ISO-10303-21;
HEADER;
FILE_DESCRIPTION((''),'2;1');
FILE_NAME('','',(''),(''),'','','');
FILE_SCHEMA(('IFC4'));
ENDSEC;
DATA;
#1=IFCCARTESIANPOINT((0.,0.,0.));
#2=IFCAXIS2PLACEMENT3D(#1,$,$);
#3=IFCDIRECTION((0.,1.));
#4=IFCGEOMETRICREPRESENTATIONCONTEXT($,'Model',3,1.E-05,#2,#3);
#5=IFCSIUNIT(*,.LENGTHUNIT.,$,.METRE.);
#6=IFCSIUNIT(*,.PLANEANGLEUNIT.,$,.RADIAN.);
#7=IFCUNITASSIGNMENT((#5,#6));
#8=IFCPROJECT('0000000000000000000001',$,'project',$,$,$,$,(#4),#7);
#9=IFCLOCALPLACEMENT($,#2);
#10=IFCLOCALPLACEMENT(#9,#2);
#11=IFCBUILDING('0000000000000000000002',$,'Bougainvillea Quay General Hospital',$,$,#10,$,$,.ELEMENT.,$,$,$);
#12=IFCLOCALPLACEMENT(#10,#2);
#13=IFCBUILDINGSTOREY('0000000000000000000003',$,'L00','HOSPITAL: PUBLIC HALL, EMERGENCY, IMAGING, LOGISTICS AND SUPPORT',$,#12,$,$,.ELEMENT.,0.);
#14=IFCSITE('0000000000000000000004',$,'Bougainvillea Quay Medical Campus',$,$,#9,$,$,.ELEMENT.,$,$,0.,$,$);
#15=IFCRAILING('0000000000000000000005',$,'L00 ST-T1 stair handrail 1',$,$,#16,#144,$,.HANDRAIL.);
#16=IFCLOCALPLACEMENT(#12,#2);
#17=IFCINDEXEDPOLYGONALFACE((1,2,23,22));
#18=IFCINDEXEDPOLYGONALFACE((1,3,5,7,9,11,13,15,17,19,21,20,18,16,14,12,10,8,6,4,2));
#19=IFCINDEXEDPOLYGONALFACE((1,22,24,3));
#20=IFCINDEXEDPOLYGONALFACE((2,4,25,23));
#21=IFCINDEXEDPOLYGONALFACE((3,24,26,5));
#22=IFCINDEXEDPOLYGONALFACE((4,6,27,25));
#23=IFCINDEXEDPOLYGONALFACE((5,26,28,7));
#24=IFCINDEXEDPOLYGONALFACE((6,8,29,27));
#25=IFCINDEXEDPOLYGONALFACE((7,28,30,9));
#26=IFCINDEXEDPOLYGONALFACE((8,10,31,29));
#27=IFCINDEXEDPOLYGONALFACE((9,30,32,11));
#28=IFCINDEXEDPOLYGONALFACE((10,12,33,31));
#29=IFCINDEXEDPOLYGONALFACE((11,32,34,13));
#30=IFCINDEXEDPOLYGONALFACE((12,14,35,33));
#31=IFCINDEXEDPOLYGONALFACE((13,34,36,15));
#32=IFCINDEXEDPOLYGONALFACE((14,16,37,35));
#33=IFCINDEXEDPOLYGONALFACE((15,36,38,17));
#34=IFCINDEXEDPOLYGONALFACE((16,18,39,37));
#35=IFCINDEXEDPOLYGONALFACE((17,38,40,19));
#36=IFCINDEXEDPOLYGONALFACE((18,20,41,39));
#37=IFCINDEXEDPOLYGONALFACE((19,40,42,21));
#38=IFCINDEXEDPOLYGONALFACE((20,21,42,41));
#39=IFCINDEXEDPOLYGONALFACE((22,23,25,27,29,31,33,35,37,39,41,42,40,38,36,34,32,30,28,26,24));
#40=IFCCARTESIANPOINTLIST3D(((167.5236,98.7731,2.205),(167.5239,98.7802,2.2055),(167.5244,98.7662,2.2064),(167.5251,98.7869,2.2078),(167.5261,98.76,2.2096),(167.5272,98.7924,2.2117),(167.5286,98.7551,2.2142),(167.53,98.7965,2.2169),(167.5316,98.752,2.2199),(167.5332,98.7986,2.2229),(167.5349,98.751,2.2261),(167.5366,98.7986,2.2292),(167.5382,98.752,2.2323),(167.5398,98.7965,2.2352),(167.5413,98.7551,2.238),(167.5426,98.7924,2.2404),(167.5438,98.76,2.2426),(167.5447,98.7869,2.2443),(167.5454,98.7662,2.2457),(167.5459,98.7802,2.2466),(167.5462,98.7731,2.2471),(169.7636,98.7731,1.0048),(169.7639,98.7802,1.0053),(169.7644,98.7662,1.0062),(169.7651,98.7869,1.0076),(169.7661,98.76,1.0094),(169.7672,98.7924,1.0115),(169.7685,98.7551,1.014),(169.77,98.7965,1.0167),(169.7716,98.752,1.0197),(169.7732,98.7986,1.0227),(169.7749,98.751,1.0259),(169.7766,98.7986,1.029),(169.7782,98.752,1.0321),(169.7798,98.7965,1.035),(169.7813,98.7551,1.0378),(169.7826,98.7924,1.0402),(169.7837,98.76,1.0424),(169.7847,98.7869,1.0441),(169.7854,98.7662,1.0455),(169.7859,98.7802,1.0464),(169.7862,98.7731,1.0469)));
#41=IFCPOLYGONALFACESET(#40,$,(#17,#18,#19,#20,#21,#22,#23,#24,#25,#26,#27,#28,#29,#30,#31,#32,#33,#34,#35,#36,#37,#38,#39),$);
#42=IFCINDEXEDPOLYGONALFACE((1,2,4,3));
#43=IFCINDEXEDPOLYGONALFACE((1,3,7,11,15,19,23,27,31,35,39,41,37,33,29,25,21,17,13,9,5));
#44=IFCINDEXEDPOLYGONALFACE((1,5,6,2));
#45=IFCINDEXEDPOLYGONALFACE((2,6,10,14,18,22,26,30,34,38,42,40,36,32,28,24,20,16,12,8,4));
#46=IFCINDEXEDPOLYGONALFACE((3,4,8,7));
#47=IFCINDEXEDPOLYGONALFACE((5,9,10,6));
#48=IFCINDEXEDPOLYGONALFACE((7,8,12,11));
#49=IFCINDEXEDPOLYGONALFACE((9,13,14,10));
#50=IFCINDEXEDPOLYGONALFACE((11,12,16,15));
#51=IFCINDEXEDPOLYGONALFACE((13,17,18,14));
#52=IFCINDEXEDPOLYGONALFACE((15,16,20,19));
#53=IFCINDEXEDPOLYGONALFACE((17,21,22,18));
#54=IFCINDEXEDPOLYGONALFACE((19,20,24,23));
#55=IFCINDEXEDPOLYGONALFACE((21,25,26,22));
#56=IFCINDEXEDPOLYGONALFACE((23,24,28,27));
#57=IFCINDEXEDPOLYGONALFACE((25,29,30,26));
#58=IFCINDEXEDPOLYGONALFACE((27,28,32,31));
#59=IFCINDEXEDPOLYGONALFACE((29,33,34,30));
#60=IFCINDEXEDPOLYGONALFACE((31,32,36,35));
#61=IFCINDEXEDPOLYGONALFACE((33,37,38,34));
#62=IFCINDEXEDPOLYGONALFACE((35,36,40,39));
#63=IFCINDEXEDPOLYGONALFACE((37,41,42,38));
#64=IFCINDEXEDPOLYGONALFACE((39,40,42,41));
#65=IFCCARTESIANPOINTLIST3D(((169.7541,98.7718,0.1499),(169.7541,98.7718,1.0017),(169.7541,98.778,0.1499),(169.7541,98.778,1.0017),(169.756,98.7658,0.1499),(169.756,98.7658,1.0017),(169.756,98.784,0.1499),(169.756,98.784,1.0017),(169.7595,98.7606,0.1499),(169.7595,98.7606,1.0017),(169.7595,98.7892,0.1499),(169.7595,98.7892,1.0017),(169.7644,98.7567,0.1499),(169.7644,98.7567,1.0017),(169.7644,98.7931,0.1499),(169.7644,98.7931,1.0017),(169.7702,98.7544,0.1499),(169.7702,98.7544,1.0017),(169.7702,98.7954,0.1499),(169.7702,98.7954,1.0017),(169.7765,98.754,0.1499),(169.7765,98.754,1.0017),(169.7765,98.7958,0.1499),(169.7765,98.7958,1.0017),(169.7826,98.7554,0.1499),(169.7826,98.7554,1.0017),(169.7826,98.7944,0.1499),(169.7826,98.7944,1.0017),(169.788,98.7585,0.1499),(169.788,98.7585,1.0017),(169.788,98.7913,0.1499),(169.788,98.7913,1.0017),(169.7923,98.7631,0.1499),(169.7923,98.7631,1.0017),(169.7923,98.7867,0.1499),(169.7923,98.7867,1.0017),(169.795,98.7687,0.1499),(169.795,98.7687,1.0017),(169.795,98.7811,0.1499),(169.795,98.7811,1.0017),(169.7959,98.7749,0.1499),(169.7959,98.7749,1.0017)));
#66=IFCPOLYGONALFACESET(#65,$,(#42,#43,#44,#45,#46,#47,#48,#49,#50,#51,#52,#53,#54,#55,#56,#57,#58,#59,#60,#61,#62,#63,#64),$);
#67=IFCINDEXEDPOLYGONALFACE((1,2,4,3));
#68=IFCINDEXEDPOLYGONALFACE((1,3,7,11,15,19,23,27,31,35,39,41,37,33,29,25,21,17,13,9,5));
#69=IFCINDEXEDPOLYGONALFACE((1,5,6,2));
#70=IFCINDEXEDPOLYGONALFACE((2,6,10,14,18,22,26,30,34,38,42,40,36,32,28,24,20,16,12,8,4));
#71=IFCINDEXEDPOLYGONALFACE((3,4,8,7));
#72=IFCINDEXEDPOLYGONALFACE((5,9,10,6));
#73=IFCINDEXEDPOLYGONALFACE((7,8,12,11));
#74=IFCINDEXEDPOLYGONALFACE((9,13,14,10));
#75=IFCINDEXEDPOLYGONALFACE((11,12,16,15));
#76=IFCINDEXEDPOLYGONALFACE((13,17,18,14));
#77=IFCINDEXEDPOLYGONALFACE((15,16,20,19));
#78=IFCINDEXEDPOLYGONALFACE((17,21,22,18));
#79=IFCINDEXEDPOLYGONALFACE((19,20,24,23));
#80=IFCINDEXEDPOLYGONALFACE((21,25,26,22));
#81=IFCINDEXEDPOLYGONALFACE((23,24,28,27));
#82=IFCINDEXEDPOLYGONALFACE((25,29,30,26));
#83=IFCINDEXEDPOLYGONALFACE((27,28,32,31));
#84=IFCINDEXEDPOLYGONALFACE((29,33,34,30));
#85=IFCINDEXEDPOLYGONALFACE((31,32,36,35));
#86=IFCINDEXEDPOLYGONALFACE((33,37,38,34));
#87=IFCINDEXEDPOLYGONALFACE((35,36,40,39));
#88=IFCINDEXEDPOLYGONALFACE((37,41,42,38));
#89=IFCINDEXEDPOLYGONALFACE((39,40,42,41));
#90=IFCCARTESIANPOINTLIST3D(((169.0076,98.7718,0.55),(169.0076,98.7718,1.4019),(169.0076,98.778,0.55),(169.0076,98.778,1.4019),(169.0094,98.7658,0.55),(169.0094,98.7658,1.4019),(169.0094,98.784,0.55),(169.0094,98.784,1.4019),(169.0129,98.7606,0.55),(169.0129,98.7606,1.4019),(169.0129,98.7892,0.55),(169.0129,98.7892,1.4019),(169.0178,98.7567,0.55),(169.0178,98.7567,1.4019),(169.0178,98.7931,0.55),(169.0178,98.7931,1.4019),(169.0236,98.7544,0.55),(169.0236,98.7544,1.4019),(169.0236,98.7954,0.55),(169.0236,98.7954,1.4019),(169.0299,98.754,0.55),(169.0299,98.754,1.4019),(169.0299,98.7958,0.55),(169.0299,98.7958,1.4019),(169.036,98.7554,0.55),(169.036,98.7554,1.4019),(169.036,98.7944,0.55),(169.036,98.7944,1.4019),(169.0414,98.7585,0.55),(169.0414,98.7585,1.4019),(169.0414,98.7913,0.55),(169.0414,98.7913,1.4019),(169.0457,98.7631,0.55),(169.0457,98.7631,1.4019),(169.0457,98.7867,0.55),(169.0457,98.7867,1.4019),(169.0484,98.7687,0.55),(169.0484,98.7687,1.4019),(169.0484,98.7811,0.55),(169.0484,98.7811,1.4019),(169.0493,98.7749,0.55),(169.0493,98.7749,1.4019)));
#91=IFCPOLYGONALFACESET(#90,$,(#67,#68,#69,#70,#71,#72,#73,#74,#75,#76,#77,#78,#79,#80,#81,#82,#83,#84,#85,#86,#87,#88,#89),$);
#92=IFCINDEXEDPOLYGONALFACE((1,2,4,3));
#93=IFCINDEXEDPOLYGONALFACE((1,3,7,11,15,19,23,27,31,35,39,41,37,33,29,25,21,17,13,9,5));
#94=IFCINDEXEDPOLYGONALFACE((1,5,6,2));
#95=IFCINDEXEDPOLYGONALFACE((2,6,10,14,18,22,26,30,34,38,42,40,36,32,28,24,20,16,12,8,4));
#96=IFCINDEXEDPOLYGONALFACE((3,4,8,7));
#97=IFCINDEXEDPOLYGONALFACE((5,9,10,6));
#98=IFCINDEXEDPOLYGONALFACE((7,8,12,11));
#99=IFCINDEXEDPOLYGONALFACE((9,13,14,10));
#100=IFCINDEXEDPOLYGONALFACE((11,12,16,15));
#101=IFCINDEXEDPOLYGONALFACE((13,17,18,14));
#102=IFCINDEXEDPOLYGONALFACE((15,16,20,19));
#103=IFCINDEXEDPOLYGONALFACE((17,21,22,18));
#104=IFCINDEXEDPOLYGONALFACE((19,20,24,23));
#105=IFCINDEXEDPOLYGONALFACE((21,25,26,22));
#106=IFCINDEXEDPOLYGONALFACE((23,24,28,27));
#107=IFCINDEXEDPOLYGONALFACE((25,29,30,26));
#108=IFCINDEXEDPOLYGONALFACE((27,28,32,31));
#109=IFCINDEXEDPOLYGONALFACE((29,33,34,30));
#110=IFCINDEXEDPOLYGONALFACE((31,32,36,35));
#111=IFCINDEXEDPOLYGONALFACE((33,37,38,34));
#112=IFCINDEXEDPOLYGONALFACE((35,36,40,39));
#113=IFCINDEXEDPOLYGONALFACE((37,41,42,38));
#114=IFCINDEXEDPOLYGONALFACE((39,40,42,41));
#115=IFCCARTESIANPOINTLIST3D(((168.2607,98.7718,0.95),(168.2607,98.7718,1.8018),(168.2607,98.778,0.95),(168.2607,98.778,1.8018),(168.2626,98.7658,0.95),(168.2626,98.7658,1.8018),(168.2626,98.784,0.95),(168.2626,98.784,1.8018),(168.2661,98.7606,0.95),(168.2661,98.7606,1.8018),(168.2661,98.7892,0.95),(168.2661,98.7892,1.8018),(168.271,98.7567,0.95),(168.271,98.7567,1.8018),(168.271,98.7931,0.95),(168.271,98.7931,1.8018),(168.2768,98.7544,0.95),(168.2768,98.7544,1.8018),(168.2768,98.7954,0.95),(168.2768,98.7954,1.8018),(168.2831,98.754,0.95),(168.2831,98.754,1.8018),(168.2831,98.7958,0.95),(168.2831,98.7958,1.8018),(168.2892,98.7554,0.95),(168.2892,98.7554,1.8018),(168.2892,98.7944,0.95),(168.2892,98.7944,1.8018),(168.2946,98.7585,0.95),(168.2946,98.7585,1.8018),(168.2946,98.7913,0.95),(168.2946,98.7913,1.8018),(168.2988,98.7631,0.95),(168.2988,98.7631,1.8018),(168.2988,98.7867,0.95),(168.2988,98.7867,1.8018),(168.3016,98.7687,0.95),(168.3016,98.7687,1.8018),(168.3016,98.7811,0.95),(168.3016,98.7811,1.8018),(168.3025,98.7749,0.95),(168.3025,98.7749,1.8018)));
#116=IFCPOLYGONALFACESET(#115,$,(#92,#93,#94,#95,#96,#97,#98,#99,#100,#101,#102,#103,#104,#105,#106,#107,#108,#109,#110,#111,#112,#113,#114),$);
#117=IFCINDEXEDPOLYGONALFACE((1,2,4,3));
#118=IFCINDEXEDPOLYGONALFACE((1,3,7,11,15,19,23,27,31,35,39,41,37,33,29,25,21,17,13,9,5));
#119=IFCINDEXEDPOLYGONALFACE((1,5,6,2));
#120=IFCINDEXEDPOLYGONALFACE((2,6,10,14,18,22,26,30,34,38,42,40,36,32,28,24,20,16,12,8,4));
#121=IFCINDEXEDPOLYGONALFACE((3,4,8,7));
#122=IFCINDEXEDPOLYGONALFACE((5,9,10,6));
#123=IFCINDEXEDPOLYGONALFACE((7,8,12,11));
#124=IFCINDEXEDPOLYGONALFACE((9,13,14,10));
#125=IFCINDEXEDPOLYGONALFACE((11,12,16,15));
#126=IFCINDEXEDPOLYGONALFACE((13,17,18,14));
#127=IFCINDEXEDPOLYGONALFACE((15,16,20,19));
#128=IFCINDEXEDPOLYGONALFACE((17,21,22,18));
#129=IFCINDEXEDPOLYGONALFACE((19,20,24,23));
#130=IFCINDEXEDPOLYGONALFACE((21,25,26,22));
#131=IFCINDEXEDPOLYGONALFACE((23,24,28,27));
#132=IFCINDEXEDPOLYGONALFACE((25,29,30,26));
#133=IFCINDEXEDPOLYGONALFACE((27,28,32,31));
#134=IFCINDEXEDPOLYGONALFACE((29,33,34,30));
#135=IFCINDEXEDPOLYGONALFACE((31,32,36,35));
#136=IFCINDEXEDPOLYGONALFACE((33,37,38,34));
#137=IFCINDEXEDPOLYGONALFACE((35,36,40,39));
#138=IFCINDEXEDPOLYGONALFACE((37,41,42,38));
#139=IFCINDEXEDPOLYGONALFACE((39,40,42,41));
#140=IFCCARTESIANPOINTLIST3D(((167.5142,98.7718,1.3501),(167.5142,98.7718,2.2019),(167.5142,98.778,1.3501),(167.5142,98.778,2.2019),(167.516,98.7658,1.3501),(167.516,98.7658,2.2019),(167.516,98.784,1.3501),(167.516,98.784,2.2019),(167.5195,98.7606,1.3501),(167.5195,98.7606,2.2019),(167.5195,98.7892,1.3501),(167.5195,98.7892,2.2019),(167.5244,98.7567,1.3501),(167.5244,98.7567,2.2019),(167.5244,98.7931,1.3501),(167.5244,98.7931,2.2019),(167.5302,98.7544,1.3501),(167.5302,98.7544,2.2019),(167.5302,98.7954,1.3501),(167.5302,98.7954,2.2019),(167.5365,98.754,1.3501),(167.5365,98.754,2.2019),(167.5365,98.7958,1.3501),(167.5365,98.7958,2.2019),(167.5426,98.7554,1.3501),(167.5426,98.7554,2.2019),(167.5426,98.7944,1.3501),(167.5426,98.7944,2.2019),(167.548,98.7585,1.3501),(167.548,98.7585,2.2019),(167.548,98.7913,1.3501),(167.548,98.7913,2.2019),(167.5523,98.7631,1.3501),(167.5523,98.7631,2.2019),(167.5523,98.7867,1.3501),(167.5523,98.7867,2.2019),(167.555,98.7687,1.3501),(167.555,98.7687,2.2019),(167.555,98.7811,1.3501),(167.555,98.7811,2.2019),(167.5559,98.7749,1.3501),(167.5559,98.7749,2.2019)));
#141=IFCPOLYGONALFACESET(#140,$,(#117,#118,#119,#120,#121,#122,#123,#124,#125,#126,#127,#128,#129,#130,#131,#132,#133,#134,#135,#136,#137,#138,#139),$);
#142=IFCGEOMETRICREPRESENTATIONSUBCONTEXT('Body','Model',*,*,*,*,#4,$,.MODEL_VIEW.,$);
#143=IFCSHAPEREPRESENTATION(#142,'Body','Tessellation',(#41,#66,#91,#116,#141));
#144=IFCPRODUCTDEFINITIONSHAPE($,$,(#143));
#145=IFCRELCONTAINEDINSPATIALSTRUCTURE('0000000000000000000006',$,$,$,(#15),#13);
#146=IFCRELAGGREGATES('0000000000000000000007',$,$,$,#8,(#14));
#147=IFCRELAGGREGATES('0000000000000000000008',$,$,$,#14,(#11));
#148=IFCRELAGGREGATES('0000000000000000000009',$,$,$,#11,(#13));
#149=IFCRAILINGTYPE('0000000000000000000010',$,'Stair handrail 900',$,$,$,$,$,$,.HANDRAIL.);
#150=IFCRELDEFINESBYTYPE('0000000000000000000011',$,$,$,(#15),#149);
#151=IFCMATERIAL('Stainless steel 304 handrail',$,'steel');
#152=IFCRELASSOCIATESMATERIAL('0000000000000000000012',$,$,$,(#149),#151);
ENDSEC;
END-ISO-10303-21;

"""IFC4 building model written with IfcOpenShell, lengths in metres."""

from ifc_helpers import new_model, si_unit, direction, frame, origin, origin_2d, place, context, subcontext, project, spatial, circle, extrude, material, type_object, element, save


model = new_model("IFC4")

# Units and contexts
model_context = context("Model", 3, precision=1e-05, world=origin(), true_north=direction((0.0, 1.0)))
body_context = subcontext(model_context, "Body", "Model", "MODEL_VIEW")
ifc_project = project(units=[si_unit("LENGTHUNIT", "METRE"), si_unit("PLANEANGLEUNIT", "RADIAN")], contexts=[model_context])

# Site, building, storey
site_placement = place(None, origin())
site = spatial("IfcSite", under=ifc_project, at=site_placement, Name="Bougainvillea Quay Medical Campus", CompositionType="ELEMENT", RefElevation=0.0)
building_placement = place(site_placement, origin())
building = spatial("IfcBuilding", under=site, at=building_placement, Name="Bougainvillea Quay General Hospital", CompositionType="ELEMENT")
storey_placement = place(building_placement, origin())
storey = spatial("IfcBuildingStorey", under=building, at=storey_placement, Name="L00", Description="HOSPITAL: PUBLIC HALL, EMERGENCY, IMAGING, LOGISTICS AND SUPPORT", CompositionType="ELEMENT", Elevation=0.0)

# Railing
ifc_material_1 = material(Name="Stainless steel 304 handrail", Category="steel")
railing_type_1 = type_object("IfcRailingType", Name="Stair handrail 900", PredefinedType="HANDRAIL", material=ifc_material_1)
railing_1_placement = place(storey_placement, frame((169.7749, 98.7749, 0.1499)))
element("IfcRailing", 1, at=railing_1_placement, inside=storey, type_object=railing_type_1, Name="L00 ST-T1 stair handrail 1", PredefinedType="HANDRAIL", context=body_context, shape_type="SweptSolid", body=[
    extrude(circle(Radius=0.0239, at=origin_2d()), frame((0.0, 0.0, 0.876), z_axis=(-0.881447, 0.0, 0.472283), x_axis=(0.0, -1.0, 0.0)), (0.0, 0.0, 1.0), 2.5413),
    extrude(circle(Radius=0.021, at=origin_2d()), origin(), (0.0, 0.0, 1.0), 0.8518),
    extrude(circle(Radius=0.021, at=origin_2d()), frame((-0.7466, 0.0, 0.4001)), (0.0, 0.0, 1.0), 0.8518),
    extrude(circle(Radius=0.021, at=origin_2d()), frame((-1.4934, 0.0, 0.8)), (0.0, 0.0, 1.0), 0.8518),
    extrude(circle(Radius=0.021, at=origin_2d()), frame((-2.24, 0.0, 1.2002)), (0.0, 0.0, 1.0), 0.8518),
])

save(model, "model.ifc")
